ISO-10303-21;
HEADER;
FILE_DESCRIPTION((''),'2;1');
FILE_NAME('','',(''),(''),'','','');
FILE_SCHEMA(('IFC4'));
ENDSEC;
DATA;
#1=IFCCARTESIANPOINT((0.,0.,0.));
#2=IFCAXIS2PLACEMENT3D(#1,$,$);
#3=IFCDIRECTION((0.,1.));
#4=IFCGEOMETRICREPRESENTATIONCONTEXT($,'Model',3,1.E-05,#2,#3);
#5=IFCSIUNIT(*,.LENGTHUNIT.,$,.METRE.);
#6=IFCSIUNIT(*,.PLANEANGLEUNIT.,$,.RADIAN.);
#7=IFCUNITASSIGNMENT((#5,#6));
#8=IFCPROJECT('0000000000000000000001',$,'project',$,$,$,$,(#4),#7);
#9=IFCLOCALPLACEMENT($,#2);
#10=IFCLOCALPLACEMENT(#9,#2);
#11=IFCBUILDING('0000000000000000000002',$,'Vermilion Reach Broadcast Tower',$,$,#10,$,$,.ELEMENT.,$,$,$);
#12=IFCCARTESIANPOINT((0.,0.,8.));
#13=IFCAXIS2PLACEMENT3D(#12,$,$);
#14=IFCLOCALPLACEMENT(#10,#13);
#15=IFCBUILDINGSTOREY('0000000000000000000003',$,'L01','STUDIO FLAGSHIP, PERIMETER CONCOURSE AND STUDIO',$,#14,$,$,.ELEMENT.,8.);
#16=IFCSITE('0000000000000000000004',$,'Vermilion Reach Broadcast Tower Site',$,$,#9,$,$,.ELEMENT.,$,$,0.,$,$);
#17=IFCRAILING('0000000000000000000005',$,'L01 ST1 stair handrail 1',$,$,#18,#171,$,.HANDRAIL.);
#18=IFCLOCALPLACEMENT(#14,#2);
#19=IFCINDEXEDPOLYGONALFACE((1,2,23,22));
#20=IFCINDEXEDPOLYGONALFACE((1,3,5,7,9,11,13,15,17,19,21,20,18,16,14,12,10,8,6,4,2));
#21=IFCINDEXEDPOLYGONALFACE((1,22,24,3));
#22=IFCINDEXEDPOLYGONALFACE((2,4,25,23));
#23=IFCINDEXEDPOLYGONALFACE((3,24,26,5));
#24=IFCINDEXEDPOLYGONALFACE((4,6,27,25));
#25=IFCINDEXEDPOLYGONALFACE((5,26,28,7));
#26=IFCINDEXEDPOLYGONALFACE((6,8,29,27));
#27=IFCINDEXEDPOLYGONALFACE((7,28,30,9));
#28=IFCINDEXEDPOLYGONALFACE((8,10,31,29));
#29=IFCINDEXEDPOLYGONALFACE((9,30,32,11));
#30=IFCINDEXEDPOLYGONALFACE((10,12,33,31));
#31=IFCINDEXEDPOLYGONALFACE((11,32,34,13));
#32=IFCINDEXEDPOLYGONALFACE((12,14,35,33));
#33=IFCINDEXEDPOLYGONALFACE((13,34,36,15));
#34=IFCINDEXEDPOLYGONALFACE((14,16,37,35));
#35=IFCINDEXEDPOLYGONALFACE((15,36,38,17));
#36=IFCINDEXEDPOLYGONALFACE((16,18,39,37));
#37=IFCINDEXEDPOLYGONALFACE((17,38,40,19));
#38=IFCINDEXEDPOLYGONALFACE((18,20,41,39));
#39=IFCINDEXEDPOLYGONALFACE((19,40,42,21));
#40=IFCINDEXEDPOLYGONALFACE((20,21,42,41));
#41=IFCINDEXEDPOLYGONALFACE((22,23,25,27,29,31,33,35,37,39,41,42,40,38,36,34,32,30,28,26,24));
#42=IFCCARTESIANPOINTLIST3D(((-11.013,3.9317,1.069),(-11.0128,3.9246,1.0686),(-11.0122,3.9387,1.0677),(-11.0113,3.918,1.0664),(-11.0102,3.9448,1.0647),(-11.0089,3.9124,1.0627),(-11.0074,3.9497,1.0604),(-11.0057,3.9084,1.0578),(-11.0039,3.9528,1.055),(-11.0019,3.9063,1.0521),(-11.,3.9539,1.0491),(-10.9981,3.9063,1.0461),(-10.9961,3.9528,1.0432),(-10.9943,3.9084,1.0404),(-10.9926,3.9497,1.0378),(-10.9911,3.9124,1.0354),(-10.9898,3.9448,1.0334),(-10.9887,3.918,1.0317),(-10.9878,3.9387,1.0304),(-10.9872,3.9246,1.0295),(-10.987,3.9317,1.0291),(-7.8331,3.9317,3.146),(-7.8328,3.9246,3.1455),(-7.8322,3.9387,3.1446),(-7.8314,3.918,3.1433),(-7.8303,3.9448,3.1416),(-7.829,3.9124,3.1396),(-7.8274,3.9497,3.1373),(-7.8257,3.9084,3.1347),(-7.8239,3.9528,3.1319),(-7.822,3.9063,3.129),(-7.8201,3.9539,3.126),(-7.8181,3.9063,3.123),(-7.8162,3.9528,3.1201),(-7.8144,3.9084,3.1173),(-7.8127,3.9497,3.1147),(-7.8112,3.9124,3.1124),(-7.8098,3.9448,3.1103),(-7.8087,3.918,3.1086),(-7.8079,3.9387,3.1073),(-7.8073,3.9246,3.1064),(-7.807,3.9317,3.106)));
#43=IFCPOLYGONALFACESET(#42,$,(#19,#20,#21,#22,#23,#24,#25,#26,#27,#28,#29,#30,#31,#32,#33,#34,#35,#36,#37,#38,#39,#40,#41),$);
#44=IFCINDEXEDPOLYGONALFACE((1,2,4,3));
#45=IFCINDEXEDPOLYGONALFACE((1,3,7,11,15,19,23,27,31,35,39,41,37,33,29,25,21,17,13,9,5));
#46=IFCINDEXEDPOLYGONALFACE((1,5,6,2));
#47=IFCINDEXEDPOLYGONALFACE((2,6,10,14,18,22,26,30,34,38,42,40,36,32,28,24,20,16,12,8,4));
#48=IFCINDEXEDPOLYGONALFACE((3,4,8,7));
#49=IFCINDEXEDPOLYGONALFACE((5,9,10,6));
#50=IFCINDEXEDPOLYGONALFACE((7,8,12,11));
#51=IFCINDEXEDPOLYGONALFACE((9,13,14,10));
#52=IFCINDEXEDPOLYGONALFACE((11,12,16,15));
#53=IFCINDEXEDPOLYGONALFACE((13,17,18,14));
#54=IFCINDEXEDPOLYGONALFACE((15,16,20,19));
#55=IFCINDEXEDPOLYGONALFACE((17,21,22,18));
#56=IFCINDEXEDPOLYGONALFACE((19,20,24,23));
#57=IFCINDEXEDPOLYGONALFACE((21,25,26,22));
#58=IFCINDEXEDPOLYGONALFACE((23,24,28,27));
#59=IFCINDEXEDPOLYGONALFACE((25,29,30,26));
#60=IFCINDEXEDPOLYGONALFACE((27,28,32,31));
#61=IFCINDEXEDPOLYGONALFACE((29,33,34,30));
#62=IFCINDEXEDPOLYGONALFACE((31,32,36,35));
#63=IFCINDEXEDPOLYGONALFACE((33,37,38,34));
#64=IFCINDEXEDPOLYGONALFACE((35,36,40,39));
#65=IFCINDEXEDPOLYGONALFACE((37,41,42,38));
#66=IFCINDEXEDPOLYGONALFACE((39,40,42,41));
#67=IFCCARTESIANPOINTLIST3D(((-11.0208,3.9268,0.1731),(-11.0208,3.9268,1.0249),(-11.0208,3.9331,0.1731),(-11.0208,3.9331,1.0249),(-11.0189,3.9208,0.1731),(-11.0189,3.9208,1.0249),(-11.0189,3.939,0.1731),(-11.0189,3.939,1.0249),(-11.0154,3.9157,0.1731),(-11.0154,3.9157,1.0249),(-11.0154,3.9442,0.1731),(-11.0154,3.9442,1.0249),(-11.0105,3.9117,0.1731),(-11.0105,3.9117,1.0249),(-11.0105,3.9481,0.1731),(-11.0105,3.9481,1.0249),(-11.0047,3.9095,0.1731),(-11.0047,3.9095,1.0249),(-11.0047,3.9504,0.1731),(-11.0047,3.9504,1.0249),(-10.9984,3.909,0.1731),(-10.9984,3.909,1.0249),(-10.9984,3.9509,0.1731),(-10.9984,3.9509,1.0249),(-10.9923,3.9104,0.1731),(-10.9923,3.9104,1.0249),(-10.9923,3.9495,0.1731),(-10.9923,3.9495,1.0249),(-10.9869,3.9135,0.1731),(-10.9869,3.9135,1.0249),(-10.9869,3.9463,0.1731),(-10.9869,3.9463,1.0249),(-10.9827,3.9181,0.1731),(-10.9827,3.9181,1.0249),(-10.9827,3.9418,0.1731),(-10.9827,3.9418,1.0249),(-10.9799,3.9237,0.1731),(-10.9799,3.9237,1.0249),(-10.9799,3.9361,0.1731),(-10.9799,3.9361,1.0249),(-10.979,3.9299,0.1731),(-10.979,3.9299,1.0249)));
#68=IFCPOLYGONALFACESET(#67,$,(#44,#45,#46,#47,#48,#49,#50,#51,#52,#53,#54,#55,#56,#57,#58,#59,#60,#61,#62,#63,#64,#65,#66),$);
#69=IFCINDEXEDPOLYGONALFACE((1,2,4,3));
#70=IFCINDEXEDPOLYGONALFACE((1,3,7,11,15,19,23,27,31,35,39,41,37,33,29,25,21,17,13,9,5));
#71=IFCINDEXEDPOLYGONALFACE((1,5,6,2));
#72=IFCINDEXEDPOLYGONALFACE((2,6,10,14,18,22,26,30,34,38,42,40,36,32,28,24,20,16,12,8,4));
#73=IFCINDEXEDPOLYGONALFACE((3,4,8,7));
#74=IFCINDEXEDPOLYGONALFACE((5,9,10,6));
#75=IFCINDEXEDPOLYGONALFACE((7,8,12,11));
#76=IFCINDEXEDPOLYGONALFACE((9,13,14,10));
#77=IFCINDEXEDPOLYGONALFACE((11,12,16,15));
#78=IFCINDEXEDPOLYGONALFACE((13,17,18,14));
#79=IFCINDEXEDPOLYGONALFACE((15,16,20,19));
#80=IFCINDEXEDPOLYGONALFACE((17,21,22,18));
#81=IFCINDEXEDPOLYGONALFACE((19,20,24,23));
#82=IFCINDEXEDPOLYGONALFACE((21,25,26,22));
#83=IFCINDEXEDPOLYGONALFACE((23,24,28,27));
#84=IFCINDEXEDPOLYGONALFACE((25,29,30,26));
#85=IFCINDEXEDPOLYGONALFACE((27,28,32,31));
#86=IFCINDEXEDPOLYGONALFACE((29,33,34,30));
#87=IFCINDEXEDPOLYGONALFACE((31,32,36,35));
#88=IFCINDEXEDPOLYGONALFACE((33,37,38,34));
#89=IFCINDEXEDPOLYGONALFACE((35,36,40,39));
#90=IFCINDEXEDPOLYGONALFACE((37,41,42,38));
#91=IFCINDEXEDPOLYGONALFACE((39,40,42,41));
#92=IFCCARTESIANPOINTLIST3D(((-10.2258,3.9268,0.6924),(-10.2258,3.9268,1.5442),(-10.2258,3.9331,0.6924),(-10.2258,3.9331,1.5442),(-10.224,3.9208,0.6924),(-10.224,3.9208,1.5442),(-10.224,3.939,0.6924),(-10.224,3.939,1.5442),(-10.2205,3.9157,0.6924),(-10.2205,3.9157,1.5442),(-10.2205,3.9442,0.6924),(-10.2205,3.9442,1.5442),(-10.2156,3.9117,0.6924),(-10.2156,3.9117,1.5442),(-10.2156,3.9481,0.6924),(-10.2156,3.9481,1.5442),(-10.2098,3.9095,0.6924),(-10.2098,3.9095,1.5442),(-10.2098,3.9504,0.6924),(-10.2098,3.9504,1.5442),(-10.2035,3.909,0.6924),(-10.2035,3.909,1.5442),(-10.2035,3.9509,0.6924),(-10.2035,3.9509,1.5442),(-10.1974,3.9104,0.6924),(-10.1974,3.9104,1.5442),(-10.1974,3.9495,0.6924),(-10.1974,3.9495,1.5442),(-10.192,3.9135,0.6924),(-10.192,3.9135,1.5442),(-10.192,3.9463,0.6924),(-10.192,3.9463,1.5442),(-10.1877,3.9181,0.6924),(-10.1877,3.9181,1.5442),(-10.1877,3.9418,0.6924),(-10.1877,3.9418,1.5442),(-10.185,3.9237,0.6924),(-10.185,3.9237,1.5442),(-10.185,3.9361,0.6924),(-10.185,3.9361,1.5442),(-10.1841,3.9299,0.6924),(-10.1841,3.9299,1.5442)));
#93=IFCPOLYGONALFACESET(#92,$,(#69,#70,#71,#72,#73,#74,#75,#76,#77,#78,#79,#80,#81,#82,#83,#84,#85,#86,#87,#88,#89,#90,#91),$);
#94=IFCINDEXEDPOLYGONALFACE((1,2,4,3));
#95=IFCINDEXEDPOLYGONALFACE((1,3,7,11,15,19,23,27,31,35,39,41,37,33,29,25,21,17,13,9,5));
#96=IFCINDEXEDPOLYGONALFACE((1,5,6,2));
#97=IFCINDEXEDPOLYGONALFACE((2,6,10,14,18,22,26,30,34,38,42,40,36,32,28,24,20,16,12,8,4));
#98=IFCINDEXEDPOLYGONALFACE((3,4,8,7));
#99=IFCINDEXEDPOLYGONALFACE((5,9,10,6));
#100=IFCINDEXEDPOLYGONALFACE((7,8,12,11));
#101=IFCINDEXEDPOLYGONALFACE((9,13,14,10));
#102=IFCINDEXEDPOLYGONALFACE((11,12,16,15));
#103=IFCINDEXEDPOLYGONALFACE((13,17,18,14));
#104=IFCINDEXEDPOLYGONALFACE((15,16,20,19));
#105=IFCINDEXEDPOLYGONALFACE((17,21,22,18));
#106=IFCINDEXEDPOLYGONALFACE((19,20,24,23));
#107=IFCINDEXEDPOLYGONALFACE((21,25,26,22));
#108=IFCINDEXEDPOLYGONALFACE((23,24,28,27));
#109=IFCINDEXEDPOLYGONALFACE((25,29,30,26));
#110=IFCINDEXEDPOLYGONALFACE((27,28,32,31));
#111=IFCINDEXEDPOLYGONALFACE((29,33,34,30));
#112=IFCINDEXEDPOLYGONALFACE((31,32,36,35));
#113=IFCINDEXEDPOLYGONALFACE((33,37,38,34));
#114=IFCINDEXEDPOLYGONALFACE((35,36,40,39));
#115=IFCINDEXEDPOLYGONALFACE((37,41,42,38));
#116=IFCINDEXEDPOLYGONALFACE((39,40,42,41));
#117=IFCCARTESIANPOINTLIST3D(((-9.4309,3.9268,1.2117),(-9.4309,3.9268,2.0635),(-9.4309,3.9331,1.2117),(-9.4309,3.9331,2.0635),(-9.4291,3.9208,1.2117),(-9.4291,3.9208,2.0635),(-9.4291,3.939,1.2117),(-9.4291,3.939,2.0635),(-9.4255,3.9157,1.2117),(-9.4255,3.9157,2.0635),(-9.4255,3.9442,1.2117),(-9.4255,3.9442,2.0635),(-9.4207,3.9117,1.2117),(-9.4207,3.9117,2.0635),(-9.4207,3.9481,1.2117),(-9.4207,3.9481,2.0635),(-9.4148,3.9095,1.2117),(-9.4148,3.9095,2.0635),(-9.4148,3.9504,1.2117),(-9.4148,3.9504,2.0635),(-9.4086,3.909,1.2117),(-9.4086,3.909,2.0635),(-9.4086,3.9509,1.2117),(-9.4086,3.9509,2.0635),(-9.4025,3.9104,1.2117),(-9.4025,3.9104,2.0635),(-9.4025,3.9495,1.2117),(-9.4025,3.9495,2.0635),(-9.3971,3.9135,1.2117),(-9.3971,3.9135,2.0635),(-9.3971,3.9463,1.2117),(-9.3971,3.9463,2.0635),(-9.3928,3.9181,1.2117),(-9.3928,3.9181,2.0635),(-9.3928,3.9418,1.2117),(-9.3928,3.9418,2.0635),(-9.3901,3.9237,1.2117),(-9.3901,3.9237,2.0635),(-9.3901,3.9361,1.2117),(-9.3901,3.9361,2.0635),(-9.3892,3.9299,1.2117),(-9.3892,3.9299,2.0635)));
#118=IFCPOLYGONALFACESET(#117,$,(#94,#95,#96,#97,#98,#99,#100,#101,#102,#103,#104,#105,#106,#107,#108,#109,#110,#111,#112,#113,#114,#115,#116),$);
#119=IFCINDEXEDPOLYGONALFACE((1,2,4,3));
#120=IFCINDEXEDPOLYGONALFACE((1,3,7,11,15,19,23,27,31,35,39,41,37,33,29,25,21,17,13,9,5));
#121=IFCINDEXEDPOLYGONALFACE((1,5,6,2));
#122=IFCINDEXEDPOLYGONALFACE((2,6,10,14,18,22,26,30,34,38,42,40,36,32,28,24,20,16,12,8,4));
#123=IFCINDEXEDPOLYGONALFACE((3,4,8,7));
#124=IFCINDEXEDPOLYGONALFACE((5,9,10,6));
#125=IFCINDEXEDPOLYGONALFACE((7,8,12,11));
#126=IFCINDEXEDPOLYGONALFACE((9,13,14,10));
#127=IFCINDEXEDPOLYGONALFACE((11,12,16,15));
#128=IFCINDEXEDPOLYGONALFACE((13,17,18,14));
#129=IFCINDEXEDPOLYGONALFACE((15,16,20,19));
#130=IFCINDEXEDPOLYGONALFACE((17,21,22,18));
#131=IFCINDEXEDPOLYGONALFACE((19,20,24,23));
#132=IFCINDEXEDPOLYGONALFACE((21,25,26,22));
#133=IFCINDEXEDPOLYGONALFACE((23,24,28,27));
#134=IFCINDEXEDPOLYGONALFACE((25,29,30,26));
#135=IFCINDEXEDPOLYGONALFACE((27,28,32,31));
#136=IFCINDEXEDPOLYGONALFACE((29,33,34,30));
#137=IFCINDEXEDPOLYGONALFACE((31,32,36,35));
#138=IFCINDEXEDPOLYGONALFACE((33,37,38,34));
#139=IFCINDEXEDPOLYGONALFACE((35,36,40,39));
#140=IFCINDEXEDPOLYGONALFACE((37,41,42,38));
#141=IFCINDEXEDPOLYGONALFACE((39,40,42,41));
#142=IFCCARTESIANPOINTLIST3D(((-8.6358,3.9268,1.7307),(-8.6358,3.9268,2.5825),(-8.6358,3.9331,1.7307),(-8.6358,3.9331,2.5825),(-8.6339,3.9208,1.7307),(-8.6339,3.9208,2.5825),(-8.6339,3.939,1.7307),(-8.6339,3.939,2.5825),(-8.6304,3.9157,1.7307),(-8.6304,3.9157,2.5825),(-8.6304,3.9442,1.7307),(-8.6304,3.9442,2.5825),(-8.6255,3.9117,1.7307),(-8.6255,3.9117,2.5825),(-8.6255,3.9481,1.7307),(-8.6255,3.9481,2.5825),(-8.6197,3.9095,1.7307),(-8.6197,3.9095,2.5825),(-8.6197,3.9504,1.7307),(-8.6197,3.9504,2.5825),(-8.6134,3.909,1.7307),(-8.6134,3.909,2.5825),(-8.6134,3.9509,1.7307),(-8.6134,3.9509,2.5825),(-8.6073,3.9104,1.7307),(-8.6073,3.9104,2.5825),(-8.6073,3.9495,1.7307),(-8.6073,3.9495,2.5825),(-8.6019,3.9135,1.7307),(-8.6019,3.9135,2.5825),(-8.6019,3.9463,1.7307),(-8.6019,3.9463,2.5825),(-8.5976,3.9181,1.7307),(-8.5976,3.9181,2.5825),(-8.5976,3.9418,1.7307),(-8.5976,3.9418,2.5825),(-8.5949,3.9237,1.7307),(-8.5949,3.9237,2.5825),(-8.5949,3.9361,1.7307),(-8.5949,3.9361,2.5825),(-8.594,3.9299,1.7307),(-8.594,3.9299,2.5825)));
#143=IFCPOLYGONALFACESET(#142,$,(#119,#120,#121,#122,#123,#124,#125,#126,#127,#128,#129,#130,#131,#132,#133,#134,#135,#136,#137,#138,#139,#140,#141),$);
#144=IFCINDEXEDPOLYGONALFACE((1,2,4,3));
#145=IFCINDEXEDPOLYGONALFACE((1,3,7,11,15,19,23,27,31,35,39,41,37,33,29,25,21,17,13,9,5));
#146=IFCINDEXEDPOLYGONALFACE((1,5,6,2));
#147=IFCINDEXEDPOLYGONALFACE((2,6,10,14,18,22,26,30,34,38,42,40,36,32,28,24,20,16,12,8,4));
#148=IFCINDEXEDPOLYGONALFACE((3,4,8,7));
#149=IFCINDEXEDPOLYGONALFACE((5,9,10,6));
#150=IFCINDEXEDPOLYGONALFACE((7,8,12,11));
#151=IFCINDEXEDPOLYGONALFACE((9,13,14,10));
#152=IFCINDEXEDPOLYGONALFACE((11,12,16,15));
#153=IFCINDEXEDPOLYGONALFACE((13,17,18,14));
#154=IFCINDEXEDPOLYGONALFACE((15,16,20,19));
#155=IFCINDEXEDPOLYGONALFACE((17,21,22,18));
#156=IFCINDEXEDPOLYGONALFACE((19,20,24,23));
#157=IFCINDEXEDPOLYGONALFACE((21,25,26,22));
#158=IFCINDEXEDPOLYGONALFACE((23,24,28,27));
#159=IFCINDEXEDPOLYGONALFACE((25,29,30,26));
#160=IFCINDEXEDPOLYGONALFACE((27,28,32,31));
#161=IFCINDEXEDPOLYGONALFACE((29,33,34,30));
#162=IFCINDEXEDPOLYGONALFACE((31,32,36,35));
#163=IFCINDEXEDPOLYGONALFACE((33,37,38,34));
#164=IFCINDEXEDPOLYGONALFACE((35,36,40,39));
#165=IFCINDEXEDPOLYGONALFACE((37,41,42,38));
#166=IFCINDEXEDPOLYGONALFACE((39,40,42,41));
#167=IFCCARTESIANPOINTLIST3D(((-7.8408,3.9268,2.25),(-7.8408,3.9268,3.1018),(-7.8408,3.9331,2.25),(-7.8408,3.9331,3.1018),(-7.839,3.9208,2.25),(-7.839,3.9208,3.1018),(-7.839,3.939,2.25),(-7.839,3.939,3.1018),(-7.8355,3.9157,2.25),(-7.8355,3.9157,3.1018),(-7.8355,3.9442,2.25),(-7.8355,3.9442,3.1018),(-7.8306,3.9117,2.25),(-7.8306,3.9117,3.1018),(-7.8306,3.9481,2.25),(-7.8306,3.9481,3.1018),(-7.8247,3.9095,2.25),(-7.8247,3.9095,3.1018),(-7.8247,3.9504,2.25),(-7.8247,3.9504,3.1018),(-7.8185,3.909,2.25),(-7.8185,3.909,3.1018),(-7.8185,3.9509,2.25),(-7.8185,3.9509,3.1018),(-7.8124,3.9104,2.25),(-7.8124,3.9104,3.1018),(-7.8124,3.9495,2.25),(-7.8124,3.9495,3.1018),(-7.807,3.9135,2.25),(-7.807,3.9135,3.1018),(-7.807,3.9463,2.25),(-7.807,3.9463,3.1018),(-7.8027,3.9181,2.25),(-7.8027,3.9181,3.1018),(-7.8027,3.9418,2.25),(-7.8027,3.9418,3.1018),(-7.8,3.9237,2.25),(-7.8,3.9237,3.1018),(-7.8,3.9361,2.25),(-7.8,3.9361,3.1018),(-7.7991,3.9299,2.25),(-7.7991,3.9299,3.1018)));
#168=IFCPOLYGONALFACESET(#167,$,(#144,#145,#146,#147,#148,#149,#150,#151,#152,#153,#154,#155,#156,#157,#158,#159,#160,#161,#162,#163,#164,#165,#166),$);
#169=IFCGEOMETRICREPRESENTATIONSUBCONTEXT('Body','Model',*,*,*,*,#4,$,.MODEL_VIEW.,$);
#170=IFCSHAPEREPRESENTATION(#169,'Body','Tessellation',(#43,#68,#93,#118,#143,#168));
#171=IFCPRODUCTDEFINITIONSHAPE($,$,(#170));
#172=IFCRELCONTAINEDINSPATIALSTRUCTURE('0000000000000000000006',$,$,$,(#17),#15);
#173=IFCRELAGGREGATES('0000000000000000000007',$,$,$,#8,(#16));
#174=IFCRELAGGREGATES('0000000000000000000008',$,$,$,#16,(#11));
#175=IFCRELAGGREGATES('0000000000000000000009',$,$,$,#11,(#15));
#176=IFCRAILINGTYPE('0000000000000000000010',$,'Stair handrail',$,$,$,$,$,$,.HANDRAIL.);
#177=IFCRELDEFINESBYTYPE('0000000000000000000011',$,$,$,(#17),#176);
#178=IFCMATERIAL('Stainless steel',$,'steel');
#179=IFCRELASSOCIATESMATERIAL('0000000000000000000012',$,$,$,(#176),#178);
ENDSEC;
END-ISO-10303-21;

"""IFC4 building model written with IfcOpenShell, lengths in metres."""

from ifc_helpers import new_model, si_unit, direction, frame, origin, origin_2d, place, context, subcontext, project, spatial, circle, extrude, material, type_object, element, save


model = new_model("IFC4")

# Units and contexts
model_context = context("Model", 3, precision=1e-05, world=origin(), true_north=direction((0.0, 1.0)))
body_context = subcontext(model_context, "Body", "Model", "MODEL_VIEW")
ifc_project = project(units=[si_unit("LENGTHUNIT", "METRE"), si_unit("PLANEANGLEUNIT", "RADIAN")], contexts=[model_context])

# Site, building, storey
site_placement = place(None, origin())
site = spatial("IfcSite", under=ifc_project, at=site_placement, Name="Vermilion Reach Broadcast Tower Site", CompositionType="ELEMENT", RefElevation=0.0)
building_placement = place(site_placement, origin())
building = spatial("IfcBuilding", under=site, at=building_placement, Name="Vermilion Reach Broadcast Tower", CompositionType="ELEMENT")
storey_placement = place(building_placement, frame((0.0, 0.0, 8.0)))
storey = spatial("IfcBuildingStorey", under=building, at=storey_placement, Name="L01", Description="STUDIO FLAGSHIP, PERIMETER CONCOURSE AND STUDIO", CompositionType="ELEMENT", Elevation=8.0)

# Railing
ifc_material_1 = material(Name="Stainless steel", Category="steel")
railing_type_1 = type_object("IfcRailingType", Name="Stair handrail", PredefinedType="HANDRAIL", material=ifc_material_1)
for number, where, name in (
    (1, (-11.0, 3.9299, 0.1731), "L01 ST1 stair handrail 1"),
):
    element("IfcRailing", number, at=place(storey_placement, frame(where)), inside=storey, type_object=railing_type_1, Name=name, PredefinedType="HANDRAIL", context=body_context, shape_type="SweptSolid", body=[
        extrude(circle(Radius=0.0239, at=origin_2d()), frame((0.0, 0.0, 0.876), z_axis=(0.837245, 0.0, 0.546828), x_axis=(0.0, 1.0, 0.0)), (0.0, 0.0, 1.0), 3.7981),
        extrude(circle(Radius=0.021, at=origin_2d()), origin(), (0.0, 0.0, 1.0), 0.8518),
        extrude(circle(Radius=0.021, at=origin_2d()), frame((0.7949, 0.0, 0.5193)), (0.0, 0.0, 1.0), 0.8518),
        extrude(circle(Radius=0.021, at=origin_2d()), frame((1.5898, 0.0, 1.0386)), (0.0, 0.0, 1.0), 0.8518),
        extrude(circle(Radius=0.021, at=origin_2d()), frame((2.385, 0.0, 1.5576)), (0.0, 0.0, 1.0), 0.8518),
        extrude(circle(Radius=0.021, at=origin_2d()), frame((3.1799, 0.0, 2.0769)), (0.0, 0.0, 1.0), 0.8518),
    ])

save(model, "model.ifc")
